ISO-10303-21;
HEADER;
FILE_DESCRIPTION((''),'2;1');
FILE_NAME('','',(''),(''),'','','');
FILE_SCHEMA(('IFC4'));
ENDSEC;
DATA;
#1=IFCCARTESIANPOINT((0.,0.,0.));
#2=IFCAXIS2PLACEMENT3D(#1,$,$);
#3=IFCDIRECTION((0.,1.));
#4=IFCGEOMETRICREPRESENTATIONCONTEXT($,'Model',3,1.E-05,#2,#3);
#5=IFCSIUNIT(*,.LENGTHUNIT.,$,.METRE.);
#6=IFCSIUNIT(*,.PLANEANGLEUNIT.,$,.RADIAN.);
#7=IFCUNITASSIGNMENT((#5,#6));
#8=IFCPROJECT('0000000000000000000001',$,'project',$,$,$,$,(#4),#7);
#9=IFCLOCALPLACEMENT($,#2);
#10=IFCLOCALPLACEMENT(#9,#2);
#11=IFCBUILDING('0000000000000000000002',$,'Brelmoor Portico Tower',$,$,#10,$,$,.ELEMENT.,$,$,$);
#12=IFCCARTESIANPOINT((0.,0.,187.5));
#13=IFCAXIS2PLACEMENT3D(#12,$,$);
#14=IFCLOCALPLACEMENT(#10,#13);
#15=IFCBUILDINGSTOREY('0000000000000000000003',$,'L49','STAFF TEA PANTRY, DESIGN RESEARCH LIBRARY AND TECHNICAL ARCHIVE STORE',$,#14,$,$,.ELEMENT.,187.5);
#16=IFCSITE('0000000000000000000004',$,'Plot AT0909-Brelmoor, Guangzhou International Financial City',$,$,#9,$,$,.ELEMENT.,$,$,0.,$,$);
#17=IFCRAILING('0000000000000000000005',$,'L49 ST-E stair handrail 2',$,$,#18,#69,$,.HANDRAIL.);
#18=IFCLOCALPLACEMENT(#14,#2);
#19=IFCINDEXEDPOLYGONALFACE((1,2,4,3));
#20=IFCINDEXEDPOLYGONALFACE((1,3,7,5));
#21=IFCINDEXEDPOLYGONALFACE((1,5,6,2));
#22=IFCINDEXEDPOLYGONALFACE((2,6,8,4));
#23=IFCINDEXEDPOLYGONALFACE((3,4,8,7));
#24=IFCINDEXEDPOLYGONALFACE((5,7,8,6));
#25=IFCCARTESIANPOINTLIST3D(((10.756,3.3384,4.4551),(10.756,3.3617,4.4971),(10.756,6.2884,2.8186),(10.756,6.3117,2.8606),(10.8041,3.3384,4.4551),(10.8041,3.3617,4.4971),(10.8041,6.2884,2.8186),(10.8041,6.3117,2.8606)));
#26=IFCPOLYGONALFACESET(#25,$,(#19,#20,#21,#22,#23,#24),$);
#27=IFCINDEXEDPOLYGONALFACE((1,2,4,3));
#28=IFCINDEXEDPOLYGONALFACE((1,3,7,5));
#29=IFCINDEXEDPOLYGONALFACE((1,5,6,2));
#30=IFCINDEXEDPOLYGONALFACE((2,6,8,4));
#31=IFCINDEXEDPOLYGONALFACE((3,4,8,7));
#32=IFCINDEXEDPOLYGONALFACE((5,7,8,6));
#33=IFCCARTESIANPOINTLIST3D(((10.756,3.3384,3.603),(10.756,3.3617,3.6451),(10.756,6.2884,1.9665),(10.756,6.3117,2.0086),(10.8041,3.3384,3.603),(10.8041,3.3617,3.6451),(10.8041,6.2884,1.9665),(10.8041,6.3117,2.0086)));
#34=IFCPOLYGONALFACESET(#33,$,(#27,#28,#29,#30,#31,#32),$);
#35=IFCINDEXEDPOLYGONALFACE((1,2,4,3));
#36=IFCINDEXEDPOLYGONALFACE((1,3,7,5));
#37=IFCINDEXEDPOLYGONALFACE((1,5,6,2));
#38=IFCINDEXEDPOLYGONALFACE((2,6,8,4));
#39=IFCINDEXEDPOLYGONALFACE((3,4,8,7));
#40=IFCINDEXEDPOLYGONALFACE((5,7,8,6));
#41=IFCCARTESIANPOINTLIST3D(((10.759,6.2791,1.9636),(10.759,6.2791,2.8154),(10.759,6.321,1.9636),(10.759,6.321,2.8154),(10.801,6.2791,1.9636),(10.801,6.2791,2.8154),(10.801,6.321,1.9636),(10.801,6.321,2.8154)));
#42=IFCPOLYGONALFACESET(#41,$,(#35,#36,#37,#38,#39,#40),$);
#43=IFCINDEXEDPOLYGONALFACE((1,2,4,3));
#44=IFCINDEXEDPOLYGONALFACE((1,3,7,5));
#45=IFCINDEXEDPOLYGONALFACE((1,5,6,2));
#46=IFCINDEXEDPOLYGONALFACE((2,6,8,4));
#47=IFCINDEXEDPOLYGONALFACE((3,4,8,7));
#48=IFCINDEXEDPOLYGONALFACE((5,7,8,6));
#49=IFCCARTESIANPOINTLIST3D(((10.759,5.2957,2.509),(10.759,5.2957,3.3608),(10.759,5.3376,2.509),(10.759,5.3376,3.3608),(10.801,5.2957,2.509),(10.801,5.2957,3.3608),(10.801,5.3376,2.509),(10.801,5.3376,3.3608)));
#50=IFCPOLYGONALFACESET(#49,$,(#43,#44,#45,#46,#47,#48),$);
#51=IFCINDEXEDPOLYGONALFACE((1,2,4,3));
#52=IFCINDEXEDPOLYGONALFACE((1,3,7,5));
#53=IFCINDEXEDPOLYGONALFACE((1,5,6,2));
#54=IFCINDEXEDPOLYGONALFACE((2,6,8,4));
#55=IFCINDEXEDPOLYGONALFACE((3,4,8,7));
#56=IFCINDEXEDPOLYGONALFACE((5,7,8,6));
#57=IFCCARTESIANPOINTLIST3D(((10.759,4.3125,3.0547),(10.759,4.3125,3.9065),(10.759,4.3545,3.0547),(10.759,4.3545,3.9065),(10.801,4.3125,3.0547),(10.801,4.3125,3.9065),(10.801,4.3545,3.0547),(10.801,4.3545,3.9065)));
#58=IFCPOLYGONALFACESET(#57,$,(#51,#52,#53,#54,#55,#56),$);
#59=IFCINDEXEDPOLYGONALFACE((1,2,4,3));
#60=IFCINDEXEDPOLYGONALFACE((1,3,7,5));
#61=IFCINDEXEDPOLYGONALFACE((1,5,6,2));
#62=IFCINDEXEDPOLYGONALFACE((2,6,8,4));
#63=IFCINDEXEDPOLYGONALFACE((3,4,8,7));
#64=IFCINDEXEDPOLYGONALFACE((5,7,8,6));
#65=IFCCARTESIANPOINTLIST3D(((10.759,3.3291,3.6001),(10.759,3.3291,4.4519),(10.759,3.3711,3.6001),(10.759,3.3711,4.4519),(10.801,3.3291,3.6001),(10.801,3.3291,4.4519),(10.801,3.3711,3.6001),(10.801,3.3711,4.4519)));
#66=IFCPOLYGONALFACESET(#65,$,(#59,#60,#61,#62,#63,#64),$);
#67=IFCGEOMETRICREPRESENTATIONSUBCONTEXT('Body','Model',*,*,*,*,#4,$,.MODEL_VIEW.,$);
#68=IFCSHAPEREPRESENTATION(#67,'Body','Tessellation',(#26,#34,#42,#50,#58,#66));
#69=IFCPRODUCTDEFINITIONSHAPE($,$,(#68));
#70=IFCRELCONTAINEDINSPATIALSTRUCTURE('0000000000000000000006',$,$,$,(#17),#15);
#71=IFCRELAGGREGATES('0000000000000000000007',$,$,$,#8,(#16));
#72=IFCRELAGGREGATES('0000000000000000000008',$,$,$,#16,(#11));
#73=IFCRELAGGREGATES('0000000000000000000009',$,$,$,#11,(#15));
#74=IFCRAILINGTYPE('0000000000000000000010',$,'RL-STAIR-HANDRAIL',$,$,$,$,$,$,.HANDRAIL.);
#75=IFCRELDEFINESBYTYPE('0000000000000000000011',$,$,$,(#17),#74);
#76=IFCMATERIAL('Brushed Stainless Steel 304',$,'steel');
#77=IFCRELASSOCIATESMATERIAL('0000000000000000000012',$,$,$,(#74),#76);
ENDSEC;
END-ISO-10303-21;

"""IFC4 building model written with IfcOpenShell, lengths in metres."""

from ifc_helpers import new_model, si_unit, direction, frame, origin, origin_2d, place, context, subcontext, project, spatial, rectangle, extrude, material, type_object, element, save


model = new_model("IFC4")

# Units and contexts
model_context = context("Model", 3, precision=1e-05, world=origin(), true_north=direction((0.0, 1.0)))
body_context = subcontext(model_context, "Body", "Model", "MODEL_VIEW")
ifc_project = project(units=[si_unit("LENGTHUNIT", "METRE"), si_unit("PLANEANGLEUNIT", "RADIAN")], contexts=[model_context])

# Site, building, storey
site_placement = place(None, origin())
site = spatial("IfcSite", under=ifc_project, at=site_placement, Name="Plot AT0909-Brelmoor, Guangzhou International Financial City", CompositionType="ELEMENT", RefElevation=0.0)
building_placement = place(site_placement, origin())
building = spatial("IfcBuilding", under=site, at=building_placement, Name="Brelmoor Portico Tower", CompositionType="ELEMENT")
storey_placement = place(building_placement, frame((0.0, 0.0, 187.5)))
storey = spatial("IfcBuildingStorey", under=building, at=storey_placement, Name="L49", Description="STAFF TEA PANTRY, DESIGN RESEARCH LIBRARY AND TECHNICAL ARCHIVE STORE", CompositionType="ELEMENT", Elevation=187.5)

# Railing
ifc_material_1 = material(Name="Brushed Stainless Steel 304", Category="steel")
railing_type_1 = type_object("IfcRailingType", Name="RL-STAIR-HANDRAIL", PredefinedType="HANDRAIL", material=ifc_material_1)
railing_1_placement = place(storey_placement, frame((10.78, 6.3, 1.9636)))
element("IfcRailing", 1, at=railing_1_placement, inside=storey, type_object=railing_type_1, Name="L49 ST-E stair handrail 2", PredefinedType="HANDRAIL", context=body_context, shape_type="SweptSolid", body=[
    extrude(rectangle(XDim=0.0481, YDim=0.0481, at=origin_2d()), frame((0.0, 0.0, 0.876), z_axis=(0.0, -0.874458, 0.485102), x_axis=(1.0, 0.0, 0.0)), (0.0, 0.0, 1.0), 3.3735),
    extrude(rectangle(XDim=0.0481, YDim=0.0481, at=origin_2d()), frame((0.0, 0.0, 0.0239), z_axis=(0.0, -0.874458, 0.485102), x_axis=(1.0, 0.0, 0.0)), (0.0, 0.0, 1.0), 3.3735),
    extrude(rectangle(XDim=0.042, YDim=0.042, at=origin_2d()), origin(), (0.0, 0.0, 1.0), 0.8518),
    extrude(rectangle(XDim=0.042, YDim=0.042, at=origin_2d()), frame((0.0, -0.9834, 0.5454)), (0.0, 0.0, 1.0), 0.8518),
    extrude(rectangle(XDim=0.042, YDim=0.042, at=origin_2d()), frame((0.0, -1.9666, 1.0911)), (0.0, 0.0, 1.0), 0.8518),
    extrude(rectangle(XDim=0.042, YDim=0.042, at=origin_2d()), frame((0.0, -2.95, 1.6365)), (0.0, 0.0, 1.0), 0.8518),
])

save(model, "model.ifc")
